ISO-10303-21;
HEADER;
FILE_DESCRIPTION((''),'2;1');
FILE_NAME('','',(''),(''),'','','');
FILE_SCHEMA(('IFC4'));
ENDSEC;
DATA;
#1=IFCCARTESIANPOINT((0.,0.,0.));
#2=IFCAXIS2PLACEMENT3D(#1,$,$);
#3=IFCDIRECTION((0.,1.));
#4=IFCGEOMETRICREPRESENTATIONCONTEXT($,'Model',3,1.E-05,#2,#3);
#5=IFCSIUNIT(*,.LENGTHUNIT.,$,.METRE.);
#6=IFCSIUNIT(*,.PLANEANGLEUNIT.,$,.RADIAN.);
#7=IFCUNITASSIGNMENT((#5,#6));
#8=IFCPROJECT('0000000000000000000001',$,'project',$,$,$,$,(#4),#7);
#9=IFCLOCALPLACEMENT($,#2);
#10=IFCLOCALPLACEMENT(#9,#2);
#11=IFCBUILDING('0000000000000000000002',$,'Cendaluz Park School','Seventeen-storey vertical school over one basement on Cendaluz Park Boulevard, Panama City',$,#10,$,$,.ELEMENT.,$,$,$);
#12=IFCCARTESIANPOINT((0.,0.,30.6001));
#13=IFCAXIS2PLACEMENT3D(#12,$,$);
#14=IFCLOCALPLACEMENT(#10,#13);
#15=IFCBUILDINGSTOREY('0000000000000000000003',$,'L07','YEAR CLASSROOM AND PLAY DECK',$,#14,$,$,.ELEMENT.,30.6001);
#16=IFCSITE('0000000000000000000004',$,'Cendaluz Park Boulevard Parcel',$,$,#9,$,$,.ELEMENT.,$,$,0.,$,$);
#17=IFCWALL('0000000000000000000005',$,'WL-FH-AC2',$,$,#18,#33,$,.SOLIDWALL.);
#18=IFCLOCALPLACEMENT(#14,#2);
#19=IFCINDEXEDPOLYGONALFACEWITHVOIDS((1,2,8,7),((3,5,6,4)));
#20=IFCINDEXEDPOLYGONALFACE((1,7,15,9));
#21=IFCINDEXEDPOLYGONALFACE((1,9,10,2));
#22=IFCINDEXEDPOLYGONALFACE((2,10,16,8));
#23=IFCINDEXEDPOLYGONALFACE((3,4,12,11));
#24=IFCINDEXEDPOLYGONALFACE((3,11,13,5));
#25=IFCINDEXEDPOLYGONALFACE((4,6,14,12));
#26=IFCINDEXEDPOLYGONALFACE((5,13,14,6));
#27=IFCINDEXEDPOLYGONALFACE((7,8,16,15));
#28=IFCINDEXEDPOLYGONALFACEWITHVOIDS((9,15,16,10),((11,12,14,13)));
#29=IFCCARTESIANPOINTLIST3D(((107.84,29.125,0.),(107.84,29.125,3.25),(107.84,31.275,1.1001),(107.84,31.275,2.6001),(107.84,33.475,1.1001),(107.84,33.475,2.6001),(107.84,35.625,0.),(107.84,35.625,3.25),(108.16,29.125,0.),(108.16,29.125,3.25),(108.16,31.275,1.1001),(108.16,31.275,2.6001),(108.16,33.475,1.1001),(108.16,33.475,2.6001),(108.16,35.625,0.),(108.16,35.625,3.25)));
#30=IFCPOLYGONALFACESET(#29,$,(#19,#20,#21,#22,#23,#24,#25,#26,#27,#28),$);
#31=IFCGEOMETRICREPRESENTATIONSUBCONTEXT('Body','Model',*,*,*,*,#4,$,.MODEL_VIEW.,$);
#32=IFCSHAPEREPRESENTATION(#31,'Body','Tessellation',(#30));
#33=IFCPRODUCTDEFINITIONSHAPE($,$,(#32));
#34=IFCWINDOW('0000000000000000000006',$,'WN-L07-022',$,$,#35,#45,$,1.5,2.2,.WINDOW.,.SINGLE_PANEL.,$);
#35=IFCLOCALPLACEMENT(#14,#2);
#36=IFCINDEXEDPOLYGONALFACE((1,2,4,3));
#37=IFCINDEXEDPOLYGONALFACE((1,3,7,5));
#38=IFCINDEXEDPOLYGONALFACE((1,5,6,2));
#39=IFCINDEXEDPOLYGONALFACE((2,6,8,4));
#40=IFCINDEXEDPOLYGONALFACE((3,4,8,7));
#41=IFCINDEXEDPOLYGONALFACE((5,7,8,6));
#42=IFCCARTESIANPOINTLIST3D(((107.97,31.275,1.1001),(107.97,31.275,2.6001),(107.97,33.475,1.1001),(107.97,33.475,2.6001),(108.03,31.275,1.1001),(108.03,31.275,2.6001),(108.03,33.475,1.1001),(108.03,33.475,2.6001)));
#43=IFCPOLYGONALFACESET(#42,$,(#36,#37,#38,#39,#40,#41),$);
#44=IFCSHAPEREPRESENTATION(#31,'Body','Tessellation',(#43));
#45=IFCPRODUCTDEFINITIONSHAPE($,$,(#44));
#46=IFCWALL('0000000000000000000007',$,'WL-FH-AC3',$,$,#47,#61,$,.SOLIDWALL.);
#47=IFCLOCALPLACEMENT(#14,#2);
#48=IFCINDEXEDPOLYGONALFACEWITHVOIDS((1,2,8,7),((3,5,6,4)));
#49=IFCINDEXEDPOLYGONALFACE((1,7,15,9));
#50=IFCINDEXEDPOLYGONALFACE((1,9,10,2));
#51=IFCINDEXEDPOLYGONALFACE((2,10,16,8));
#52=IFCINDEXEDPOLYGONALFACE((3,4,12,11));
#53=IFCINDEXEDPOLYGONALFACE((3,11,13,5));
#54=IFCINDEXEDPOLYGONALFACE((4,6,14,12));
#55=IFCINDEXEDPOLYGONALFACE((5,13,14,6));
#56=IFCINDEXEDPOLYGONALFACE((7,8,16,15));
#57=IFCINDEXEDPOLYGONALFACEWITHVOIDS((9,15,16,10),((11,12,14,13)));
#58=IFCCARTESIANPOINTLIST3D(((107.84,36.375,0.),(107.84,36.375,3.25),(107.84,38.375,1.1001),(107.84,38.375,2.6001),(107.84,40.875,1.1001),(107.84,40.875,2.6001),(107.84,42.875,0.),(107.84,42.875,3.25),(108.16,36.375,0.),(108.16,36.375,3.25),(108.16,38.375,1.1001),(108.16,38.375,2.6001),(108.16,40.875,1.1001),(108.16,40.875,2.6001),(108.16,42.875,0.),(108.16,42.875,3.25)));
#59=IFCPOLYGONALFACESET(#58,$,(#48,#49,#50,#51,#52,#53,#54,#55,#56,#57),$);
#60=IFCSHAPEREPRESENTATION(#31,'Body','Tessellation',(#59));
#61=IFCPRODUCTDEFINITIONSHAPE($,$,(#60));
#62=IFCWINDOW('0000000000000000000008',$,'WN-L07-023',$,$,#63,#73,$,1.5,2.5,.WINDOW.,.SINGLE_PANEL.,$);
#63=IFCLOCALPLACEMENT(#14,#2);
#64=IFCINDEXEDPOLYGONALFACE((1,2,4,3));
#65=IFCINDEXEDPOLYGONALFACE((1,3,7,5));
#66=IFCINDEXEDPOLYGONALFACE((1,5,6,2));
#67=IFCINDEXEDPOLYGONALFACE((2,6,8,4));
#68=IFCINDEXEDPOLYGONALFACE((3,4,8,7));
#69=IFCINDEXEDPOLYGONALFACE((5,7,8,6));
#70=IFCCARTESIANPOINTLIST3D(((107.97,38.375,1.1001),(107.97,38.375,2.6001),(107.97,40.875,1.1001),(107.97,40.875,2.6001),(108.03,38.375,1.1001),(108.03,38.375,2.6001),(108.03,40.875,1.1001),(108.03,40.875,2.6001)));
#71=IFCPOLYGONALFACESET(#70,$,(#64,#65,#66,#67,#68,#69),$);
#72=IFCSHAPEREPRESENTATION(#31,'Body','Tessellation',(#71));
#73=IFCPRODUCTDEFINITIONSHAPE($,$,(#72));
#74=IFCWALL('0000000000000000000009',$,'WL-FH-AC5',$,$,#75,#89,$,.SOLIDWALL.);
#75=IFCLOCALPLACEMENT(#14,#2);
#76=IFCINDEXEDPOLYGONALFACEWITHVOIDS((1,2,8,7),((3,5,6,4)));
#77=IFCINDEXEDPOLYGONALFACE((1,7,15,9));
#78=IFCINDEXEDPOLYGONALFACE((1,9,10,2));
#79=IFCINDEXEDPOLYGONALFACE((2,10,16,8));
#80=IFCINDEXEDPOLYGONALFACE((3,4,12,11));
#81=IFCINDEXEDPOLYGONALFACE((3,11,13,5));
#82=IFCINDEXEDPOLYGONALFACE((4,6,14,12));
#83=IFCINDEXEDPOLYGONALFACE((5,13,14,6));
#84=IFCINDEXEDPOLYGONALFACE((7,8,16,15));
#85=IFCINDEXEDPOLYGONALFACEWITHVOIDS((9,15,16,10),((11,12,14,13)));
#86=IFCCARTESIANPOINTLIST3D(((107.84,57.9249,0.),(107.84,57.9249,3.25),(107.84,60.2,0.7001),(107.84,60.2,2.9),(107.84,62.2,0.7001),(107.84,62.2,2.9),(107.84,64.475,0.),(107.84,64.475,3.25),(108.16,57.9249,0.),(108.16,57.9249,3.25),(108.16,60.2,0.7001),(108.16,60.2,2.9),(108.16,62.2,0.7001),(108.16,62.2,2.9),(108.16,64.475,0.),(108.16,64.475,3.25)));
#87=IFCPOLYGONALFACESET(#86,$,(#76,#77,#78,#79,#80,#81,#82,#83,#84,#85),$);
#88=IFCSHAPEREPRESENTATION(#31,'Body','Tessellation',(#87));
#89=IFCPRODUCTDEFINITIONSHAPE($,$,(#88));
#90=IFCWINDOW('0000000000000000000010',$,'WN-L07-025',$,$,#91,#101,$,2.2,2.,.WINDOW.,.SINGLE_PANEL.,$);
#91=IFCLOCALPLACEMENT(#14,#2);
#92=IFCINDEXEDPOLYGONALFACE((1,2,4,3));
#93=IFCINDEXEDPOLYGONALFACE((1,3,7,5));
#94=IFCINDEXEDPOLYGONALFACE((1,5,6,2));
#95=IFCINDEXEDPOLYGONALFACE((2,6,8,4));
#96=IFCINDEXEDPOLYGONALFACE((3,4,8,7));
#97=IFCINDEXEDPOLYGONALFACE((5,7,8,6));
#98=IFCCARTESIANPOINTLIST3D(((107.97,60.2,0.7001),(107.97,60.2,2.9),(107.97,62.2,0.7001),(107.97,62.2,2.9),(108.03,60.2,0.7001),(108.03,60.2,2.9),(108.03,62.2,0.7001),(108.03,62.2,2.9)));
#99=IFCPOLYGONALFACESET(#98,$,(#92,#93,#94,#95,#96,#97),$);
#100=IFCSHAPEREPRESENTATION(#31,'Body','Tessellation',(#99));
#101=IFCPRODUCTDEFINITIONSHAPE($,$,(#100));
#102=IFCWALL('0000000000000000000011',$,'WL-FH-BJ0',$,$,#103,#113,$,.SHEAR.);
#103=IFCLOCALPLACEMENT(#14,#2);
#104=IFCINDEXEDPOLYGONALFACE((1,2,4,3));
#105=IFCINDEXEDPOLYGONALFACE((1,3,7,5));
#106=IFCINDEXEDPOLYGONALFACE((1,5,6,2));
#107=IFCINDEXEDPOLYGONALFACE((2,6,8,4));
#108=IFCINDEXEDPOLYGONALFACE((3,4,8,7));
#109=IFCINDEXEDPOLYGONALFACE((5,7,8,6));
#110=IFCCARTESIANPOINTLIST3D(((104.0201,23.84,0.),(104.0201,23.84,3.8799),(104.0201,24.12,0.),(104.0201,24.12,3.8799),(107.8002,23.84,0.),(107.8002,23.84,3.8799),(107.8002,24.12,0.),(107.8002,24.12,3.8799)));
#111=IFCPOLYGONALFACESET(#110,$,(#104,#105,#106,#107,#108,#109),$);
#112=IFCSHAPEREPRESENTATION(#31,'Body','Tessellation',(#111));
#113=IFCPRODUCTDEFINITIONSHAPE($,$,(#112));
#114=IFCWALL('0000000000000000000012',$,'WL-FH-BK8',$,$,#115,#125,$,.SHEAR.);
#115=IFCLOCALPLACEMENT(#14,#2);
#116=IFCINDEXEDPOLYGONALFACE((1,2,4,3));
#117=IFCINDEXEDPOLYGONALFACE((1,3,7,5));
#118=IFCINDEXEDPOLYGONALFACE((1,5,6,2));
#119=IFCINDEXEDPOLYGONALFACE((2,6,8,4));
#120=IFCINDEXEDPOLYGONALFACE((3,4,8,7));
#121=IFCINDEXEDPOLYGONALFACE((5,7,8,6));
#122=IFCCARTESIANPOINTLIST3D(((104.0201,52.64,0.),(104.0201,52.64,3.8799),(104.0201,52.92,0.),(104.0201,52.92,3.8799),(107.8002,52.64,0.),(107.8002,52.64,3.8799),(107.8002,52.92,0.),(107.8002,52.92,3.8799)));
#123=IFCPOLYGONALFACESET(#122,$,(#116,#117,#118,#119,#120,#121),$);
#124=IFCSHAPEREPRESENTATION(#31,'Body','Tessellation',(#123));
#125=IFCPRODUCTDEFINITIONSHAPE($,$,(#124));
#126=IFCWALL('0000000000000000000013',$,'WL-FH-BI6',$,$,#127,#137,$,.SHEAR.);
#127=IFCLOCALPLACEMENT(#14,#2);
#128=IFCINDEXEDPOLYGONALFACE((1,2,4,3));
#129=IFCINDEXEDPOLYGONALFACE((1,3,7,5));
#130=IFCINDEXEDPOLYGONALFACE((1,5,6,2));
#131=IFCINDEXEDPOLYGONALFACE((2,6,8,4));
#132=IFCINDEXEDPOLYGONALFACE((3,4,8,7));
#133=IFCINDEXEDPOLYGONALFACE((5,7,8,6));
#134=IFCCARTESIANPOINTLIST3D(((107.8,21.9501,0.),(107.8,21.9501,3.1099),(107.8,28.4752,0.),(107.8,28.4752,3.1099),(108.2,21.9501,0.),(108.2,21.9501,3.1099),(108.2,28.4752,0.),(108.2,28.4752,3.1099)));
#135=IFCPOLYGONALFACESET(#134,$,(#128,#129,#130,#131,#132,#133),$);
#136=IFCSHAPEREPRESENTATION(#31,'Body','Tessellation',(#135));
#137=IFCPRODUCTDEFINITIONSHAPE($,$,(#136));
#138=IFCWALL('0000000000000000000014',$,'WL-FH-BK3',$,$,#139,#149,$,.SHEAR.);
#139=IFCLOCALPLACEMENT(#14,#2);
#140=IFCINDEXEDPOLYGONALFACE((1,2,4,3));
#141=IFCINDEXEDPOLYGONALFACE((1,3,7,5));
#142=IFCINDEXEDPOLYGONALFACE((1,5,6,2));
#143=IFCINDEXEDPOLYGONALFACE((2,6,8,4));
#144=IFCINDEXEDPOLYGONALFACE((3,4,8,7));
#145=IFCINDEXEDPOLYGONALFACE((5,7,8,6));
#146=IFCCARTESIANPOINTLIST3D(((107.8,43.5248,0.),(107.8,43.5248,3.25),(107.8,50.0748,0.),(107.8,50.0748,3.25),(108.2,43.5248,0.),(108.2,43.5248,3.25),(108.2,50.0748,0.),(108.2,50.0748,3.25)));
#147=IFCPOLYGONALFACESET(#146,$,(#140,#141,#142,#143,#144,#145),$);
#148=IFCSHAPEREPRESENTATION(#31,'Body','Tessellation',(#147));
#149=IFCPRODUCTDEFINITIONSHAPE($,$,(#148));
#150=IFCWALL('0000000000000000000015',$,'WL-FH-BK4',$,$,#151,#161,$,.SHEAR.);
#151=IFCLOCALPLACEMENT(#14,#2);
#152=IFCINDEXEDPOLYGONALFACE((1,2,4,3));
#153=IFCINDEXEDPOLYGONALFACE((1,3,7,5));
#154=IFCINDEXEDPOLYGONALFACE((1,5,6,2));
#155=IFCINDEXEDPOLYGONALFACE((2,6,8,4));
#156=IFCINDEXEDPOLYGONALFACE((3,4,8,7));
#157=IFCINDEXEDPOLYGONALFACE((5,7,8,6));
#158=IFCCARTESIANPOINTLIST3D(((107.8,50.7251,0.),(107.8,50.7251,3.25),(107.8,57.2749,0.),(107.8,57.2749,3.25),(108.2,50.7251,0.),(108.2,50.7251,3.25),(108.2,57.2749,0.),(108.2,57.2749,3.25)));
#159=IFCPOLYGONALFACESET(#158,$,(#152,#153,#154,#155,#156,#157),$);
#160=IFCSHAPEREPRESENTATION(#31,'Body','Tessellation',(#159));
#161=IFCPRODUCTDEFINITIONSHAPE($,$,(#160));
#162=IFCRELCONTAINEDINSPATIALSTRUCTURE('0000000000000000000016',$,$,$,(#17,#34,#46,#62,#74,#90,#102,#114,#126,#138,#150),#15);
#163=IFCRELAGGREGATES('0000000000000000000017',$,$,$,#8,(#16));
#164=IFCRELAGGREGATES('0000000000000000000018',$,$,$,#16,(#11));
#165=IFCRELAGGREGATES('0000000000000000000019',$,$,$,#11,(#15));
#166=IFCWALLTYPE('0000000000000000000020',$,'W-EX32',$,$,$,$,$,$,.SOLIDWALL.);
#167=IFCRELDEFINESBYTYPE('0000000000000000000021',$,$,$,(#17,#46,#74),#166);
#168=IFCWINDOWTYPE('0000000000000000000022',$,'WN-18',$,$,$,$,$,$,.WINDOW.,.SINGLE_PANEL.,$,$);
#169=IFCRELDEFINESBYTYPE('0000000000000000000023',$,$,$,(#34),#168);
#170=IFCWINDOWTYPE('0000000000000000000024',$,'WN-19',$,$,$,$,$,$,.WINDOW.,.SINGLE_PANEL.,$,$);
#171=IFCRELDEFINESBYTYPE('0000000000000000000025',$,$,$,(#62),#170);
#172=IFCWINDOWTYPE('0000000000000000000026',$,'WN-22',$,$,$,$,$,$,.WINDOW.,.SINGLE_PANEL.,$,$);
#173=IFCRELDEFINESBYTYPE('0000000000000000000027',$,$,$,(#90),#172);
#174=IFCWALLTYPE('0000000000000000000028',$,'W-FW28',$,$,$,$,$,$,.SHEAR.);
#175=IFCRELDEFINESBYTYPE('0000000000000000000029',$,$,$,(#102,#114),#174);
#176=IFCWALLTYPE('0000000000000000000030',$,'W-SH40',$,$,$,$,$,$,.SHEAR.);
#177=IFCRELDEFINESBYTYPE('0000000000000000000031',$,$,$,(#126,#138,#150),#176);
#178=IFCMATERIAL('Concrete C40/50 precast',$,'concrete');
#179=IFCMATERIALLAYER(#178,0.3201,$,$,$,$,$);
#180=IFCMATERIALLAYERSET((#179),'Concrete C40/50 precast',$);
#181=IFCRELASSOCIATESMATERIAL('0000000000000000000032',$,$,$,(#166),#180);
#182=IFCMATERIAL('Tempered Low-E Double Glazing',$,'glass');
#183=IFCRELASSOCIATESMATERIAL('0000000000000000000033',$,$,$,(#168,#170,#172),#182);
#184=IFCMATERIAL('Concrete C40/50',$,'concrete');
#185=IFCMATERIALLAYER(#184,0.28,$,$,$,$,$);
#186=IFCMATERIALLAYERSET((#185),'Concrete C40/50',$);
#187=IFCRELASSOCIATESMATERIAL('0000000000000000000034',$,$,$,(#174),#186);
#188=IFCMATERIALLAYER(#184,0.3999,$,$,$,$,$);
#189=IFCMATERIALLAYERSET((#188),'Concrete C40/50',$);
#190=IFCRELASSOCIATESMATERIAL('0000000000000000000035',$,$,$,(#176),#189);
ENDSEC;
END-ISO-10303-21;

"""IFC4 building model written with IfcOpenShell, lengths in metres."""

from ifc_helpers import new_model, si_unit, direction, frame, frame_2d, origin, place, context, subcontext, project, spatial, rectangle, extrude, material, layer, layer_set, type_object, element, fill, save


model = new_model("IFC4")

# Units and contexts
model_context = context("Model", 3, precision=1e-05, world=origin(), true_north=direction((0.0, 1.0)))
body_context = subcontext(model_context, "Body", "Model", "MODEL_VIEW")
ifc_project = project(units=[si_unit("LENGTHUNIT", "METRE"), si_unit("PLANEANGLEUNIT", "RADIAN")], contexts=[model_context])

# Site, building, storey
site_placement = place(None, origin())
site = spatial("IfcSite", under=ifc_project, at=site_placement, Name="Cendaluz Park Boulevard Parcel", CompositionType="ELEMENT", RefElevation=0.0)
building_placement = place(site_placement, origin())
building = spatial("IfcBuilding", under=site, at=building_placement, Name="Cendaluz Park School", Description="Seventeen-storey vertical school over one basement on Cendaluz Park Boulevard, Panama City", CompositionType="ELEMENT")
storey_placement = place(building_placement, frame((0.0, 0.0, 30.6001)))
storey = spatial("IfcBuildingStorey", under=building, at=storey_placement, Name="L07", Description="YEAR CLASSROOM AND PLAY DECK", CompositionType="ELEMENT", Elevation=30.6001)

# Shared definitions
ifc_material_1 = material(Name="Concrete C40/50", Category="concrete")

# Walls, openings, windows
ifc_material_2 = material(Name="Concrete C40/50 precast", Category="concrete")
ifc_layer_1 = layer(ifc_material_2, 0.3201)
ifc_layer_set_1 = layer_set([ifc_layer_1], Name="Concrete C40/50 precast")
wall_type_1 = type_object("IfcWallType", Name="W-EX32", PredefinedType="SOLIDWALL", material=ifc_layer_set_1)
wall_1_placement = place(storey_placement, frame((108.0, 29.125, 0.0), z_axis=(0.0, 0.0, 1.0), x_axis=(0.0, 1.0, 0.0)))
wall_1 = element("IfcWall", 1, at=wall_1_placement, inside=storey, type_object=wall_type_1, Name="WL-FH-AC2", PredefinedType="SOLIDWALL", context=body_context, shape_type="SweptSolid", body=[
    extrude(rectangle(XDim=6.5, YDim=0.3201, at=frame_2d((3.25, 0.0))), origin(), (0.0, 0.0, 1.0), 3.25),
])
opening_1_placement = place(wall_1_placement, frame((2.1499, 0.0, 1.1001)))
opening_1 = element("IfcOpeningElement", 2, at=opening_1_placement, cuts=wall_1, PredefinedType="OPENING", context=body_context, shape_type="SweptSolid", body=[
    extrude(rectangle(XDim=2.2, YDim=1.5, at=frame_2d((1.1001, 0.75))), frame((0.0, 0.1721, 0.0), z_axis=(0.0, -1.0, 0.0), x_axis=(1.0, 0.0, 0.0)), (0.0, 0.0, 1.0), 0.344),
])
ifc_material_3 = material(Name="Tempered Low-E Double Glazing", Category="glass")
window_type_1 = type_object("IfcWindowType", Name="WN-18", PartitioningType="SINGLE_PANEL", PredefinedType="WINDOW", material=ifc_material_3)
window_1_placement = place(opening_1_placement, origin())
window_1 = element("IfcWindow", 3, at=window_1_placement, inside=storey, type_object=window_type_1, Name="WN-L07-022", OverallHeight=1.5, OverallWidth=2.2, PartitioningType="SINGLE_PANEL", PredefinedType="WINDOW", context=body_context, shape_type="SweptSolid", body=[
    extrude(rectangle(XDim=2.2, YDim=1.5, at=frame_2d((1.1001, 0.75))), frame((0.0, 0.03, 0.0), z_axis=(0.0, -1.0, 0.0), x_axis=(1.0, 0.0, 0.0)), (0.0, 0.0, 1.0), 0.0601),
])
fill(opening_1, window_1)
wall_2_placement = place(storey_placement, frame((108.0, 36.375, 0.0), z_axis=(0.0, 0.0, 1.0), x_axis=(0.0, 1.0, 0.0)))
wall_2 = element("IfcWall", 4, at=wall_2_placement, inside=storey, type_object=wall_type_1, Name="WL-FH-AC3", PredefinedType="SOLIDWALL", context=body_context, shape_type="SweptSolid", body=[
    extrude(rectangle(XDim=6.5, YDim=0.3201, at=frame_2d((3.25, 0.0))), origin(), (0.0, 0.0, 1.0), 3.25),
])
opening_2_placement = place(wall_2_placement, frame((2.0, 0.0, 1.1001)))
opening_2 = element("IfcOpeningElement", 5, at=opening_2_placement, cuts=wall_2, PredefinedType="OPENING", context=body_context, shape_type="SweptSolid", body=[
    extrude(rectangle(XDim=2.5, YDim=1.5, at=frame_2d((1.25, 0.75))), frame((0.0, 0.1721, 0.0), z_axis=(0.0, -1.0, 0.0), x_axis=(1.0, 0.0, 0.0)), (0.0, 0.0, 1.0), 0.344),
])
window_type_2 = type_object("IfcWindowType", Name="WN-19", PartitioningType="SINGLE_PANEL", PredefinedType="WINDOW", material=ifc_material_3)
window_2_placement = place(opening_2_placement, origin())
window_2 = element("IfcWindow", 6, at=window_2_placement, inside=storey, type_object=window_type_2, Name="WN-L07-023", OverallHeight=1.5, OverallWidth=2.5, PartitioningType="SINGLE_PANEL", PredefinedType="WINDOW", context=body_context, shape_type="SweptSolid", body=[
    extrude(rectangle(XDim=2.5, YDim=1.5, at=frame_2d((1.25, 0.75))), frame((0.0, 0.03, 0.0), z_axis=(0.0, -1.0, 0.0), x_axis=(1.0, 0.0, 0.0)), (0.0, 0.0, 1.0), 0.0601),
])
fill(opening_2, window_2)
wall_3_placement = place(storey_placement, frame((108.0, 57.925, 0.0), z_axis=(0.0, 0.0, 1.0), x_axis=(0.0, 1.0, 0.0)))
wall_3 = element("IfcWall", 7, at=wall_3_placement, inside=storey, type_object=wall_type_1, Name="WL-FH-AC5", PredefinedType="SOLIDWALL", context=body_context, shape_type="SweptSolid", body=[
    extrude(rectangle(XDim=6.55, YDim=0.3201, at=frame_2d((3.2749, 0.0))), origin(), (0.0, 0.0, 1.0), 3.25),
])
opening_3_placement = place(wall_3_placement, frame((2.2749, 0.0, 0.7)))
opening_3 = element("IfcOpeningElement", 8, at=opening_3_placement, cuts=wall_3, PredefinedType="OPENING", context=body_context, shape_type="SweptSolid", body=[
    extrude(rectangle(XDim=2.0, YDim=2.2, at=frame_2d((1.0, 1.1001))), frame((0.0, 0.1721, 0.0), z_axis=(0.0, -1.0, 0.0), x_axis=(1.0, 0.0, 0.0)), (0.0, 0.0, 1.0), 0.344),
])
window_type_3 = type_object("IfcWindowType", Name="WN-22", PartitioningType="SINGLE_PANEL", PredefinedType="WINDOW", material=ifc_material_3)
window_3_placement = place(opening_3_placement, origin())
window_3 = element("IfcWindow", 9, at=window_3_placement, inside=storey, type_object=window_type_3, Name="WN-L07-025", OverallHeight=2.2, OverallWidth=2.0, PartitioningType="SINGLE_PANEL", PredefinedType="WINDOW", context=body_context, shape_type="SweptSolid", body=[
    extrude(rectangle(XDim=2.0, YDim=2.2, at=frame_2d((1.0, 1.1001))), frame((0.0, 0.03, 0.0), z_axis=(0.0, -1.0, 0.0), x_axis=(1.0, 0.0, 0.0)), (0.0, 0.0, 1.0), 0.0601),
])
fill(opening_3, window_3)

# Wall
ifc_layer_2 = layer(ifc_material_1, 0.28)
ifc_layer_set_2 = layer_set([ifc_layer_2], Name="Concrete C40/50")
wall_type_2 = type_object("IfcWallType", Name="W-FW28", PredefinedType="SHEAR", material=ifc_layer_set_2)
wall_4_placement = place(storey_placement, frame((104.02, 23.98, 0.0), z_axis=(0.0, 0.0, 1.0), x_axis=(1.0, 0.0, 0.0)))
element("IfcWall", 10, at=wall_4_placement, inside=storey, type_object=wall_type_2, Name="WL-FH-BJ0", PredefinedType="SHEAR", context=body_context, shape_type="SweptSolid", body=[
    extrude(rectangle(XDim=3.78, YDim=0.28, at=frame_2d((1.8901, 0.0))), origin(), (0.0, 0.0, 1.0), 3.8799),
])

# Walls
wall_5_placement = place(storey_placement, frame((104.02, 52.78, 0.0), z_axis=(0.0, 0.0, 1.0), x_axis=(1.0, 0.0, 0.0)))
element("IfcWall", 11, at=wall_5_placement, inside=storey, type_object=wall_type_2, Name="WL-FH-BK8", PredefinedType="SHEAR", context=body_context, shape_type="SweptSolid", body=[
    extrude(rectangle(XDim=3.78, YDim=0.28, at=frame_2d((1.8901, 0.0))), origin(), (0.0, 0.0, 1.0), 3.8799),
])
ifc_layer_3 = layer(ifc_material_1, 0.3999)
ifc_layer_set_3 = layer_set([ifc_layer_3], Name="Concrete C40/50")
wall_type_3 = type_object("IfcWallType", Name="W-SH40", PredefinedType="SHEAR", material=ifc_layer_set_3)
wall_6_placement = place(storey_placement, frame((108.0, 21.95, 0.0), z_axis=(0.0, 0.0, 1.0), x_axis=(0.0, 1.0, 0.0)))
element("IfcWall", 12, at=wall_6_placement, inside=storey, type_object=wall_type_3, Name="WL-FH-BI6", PredefinedType="SHEAR", context=body_context, shape_type="SweptSolid", body=[
    extrude(rectangle(XDim=6.5251, YDim=0.3999, at=frame_2d((3.2627, 0.0))), origin(), (0.0, 0.0, 1.0), 3.1099),
])
wall_7_placement = place(storey_placement, frame((108.0, 43.5249, 0.0), z_axis=(0.0, 0.0, 1.0), x_axis=(0.0, 1.0, 0.0)))
element("IfcWall", 13, at=wall_7_placement, inside=storey, type_object=wall_type_3, Name="WL-FH-BK3", PredefinedType="SHEAR", context=body_context, shape_type="SweptSolid", body=[
    extrude(rectangle(XDim=6.55, YDim=0.3999, at=frame_2d((3.2749, 0.0))), origin(), (0.0, 0.0, 1.0), 3.25),
])
wall_8_placement = place(storey_placement, frame((108.0, 50.7251, 0.0), z_axis=(0.0, 0.0, 1.0), x_axis=(0.0, 1.0, 0.0)))
element("IfcWall", 14, at=wall_8_placement, inside=storey, type_object=wall_type_3, Name="WL-FH-BK4", PredefinedType="SHEAR", context=body_context, shape_type="SweptSolid", body=[
    extrude(rectangle(XDim=6.5498, YDim=0.3999, at=frame_2d((3.2749, 0.0))), origin(), (0.0, 0.0, 1.0), 3.25),
])

save(model, "model.ifc")
